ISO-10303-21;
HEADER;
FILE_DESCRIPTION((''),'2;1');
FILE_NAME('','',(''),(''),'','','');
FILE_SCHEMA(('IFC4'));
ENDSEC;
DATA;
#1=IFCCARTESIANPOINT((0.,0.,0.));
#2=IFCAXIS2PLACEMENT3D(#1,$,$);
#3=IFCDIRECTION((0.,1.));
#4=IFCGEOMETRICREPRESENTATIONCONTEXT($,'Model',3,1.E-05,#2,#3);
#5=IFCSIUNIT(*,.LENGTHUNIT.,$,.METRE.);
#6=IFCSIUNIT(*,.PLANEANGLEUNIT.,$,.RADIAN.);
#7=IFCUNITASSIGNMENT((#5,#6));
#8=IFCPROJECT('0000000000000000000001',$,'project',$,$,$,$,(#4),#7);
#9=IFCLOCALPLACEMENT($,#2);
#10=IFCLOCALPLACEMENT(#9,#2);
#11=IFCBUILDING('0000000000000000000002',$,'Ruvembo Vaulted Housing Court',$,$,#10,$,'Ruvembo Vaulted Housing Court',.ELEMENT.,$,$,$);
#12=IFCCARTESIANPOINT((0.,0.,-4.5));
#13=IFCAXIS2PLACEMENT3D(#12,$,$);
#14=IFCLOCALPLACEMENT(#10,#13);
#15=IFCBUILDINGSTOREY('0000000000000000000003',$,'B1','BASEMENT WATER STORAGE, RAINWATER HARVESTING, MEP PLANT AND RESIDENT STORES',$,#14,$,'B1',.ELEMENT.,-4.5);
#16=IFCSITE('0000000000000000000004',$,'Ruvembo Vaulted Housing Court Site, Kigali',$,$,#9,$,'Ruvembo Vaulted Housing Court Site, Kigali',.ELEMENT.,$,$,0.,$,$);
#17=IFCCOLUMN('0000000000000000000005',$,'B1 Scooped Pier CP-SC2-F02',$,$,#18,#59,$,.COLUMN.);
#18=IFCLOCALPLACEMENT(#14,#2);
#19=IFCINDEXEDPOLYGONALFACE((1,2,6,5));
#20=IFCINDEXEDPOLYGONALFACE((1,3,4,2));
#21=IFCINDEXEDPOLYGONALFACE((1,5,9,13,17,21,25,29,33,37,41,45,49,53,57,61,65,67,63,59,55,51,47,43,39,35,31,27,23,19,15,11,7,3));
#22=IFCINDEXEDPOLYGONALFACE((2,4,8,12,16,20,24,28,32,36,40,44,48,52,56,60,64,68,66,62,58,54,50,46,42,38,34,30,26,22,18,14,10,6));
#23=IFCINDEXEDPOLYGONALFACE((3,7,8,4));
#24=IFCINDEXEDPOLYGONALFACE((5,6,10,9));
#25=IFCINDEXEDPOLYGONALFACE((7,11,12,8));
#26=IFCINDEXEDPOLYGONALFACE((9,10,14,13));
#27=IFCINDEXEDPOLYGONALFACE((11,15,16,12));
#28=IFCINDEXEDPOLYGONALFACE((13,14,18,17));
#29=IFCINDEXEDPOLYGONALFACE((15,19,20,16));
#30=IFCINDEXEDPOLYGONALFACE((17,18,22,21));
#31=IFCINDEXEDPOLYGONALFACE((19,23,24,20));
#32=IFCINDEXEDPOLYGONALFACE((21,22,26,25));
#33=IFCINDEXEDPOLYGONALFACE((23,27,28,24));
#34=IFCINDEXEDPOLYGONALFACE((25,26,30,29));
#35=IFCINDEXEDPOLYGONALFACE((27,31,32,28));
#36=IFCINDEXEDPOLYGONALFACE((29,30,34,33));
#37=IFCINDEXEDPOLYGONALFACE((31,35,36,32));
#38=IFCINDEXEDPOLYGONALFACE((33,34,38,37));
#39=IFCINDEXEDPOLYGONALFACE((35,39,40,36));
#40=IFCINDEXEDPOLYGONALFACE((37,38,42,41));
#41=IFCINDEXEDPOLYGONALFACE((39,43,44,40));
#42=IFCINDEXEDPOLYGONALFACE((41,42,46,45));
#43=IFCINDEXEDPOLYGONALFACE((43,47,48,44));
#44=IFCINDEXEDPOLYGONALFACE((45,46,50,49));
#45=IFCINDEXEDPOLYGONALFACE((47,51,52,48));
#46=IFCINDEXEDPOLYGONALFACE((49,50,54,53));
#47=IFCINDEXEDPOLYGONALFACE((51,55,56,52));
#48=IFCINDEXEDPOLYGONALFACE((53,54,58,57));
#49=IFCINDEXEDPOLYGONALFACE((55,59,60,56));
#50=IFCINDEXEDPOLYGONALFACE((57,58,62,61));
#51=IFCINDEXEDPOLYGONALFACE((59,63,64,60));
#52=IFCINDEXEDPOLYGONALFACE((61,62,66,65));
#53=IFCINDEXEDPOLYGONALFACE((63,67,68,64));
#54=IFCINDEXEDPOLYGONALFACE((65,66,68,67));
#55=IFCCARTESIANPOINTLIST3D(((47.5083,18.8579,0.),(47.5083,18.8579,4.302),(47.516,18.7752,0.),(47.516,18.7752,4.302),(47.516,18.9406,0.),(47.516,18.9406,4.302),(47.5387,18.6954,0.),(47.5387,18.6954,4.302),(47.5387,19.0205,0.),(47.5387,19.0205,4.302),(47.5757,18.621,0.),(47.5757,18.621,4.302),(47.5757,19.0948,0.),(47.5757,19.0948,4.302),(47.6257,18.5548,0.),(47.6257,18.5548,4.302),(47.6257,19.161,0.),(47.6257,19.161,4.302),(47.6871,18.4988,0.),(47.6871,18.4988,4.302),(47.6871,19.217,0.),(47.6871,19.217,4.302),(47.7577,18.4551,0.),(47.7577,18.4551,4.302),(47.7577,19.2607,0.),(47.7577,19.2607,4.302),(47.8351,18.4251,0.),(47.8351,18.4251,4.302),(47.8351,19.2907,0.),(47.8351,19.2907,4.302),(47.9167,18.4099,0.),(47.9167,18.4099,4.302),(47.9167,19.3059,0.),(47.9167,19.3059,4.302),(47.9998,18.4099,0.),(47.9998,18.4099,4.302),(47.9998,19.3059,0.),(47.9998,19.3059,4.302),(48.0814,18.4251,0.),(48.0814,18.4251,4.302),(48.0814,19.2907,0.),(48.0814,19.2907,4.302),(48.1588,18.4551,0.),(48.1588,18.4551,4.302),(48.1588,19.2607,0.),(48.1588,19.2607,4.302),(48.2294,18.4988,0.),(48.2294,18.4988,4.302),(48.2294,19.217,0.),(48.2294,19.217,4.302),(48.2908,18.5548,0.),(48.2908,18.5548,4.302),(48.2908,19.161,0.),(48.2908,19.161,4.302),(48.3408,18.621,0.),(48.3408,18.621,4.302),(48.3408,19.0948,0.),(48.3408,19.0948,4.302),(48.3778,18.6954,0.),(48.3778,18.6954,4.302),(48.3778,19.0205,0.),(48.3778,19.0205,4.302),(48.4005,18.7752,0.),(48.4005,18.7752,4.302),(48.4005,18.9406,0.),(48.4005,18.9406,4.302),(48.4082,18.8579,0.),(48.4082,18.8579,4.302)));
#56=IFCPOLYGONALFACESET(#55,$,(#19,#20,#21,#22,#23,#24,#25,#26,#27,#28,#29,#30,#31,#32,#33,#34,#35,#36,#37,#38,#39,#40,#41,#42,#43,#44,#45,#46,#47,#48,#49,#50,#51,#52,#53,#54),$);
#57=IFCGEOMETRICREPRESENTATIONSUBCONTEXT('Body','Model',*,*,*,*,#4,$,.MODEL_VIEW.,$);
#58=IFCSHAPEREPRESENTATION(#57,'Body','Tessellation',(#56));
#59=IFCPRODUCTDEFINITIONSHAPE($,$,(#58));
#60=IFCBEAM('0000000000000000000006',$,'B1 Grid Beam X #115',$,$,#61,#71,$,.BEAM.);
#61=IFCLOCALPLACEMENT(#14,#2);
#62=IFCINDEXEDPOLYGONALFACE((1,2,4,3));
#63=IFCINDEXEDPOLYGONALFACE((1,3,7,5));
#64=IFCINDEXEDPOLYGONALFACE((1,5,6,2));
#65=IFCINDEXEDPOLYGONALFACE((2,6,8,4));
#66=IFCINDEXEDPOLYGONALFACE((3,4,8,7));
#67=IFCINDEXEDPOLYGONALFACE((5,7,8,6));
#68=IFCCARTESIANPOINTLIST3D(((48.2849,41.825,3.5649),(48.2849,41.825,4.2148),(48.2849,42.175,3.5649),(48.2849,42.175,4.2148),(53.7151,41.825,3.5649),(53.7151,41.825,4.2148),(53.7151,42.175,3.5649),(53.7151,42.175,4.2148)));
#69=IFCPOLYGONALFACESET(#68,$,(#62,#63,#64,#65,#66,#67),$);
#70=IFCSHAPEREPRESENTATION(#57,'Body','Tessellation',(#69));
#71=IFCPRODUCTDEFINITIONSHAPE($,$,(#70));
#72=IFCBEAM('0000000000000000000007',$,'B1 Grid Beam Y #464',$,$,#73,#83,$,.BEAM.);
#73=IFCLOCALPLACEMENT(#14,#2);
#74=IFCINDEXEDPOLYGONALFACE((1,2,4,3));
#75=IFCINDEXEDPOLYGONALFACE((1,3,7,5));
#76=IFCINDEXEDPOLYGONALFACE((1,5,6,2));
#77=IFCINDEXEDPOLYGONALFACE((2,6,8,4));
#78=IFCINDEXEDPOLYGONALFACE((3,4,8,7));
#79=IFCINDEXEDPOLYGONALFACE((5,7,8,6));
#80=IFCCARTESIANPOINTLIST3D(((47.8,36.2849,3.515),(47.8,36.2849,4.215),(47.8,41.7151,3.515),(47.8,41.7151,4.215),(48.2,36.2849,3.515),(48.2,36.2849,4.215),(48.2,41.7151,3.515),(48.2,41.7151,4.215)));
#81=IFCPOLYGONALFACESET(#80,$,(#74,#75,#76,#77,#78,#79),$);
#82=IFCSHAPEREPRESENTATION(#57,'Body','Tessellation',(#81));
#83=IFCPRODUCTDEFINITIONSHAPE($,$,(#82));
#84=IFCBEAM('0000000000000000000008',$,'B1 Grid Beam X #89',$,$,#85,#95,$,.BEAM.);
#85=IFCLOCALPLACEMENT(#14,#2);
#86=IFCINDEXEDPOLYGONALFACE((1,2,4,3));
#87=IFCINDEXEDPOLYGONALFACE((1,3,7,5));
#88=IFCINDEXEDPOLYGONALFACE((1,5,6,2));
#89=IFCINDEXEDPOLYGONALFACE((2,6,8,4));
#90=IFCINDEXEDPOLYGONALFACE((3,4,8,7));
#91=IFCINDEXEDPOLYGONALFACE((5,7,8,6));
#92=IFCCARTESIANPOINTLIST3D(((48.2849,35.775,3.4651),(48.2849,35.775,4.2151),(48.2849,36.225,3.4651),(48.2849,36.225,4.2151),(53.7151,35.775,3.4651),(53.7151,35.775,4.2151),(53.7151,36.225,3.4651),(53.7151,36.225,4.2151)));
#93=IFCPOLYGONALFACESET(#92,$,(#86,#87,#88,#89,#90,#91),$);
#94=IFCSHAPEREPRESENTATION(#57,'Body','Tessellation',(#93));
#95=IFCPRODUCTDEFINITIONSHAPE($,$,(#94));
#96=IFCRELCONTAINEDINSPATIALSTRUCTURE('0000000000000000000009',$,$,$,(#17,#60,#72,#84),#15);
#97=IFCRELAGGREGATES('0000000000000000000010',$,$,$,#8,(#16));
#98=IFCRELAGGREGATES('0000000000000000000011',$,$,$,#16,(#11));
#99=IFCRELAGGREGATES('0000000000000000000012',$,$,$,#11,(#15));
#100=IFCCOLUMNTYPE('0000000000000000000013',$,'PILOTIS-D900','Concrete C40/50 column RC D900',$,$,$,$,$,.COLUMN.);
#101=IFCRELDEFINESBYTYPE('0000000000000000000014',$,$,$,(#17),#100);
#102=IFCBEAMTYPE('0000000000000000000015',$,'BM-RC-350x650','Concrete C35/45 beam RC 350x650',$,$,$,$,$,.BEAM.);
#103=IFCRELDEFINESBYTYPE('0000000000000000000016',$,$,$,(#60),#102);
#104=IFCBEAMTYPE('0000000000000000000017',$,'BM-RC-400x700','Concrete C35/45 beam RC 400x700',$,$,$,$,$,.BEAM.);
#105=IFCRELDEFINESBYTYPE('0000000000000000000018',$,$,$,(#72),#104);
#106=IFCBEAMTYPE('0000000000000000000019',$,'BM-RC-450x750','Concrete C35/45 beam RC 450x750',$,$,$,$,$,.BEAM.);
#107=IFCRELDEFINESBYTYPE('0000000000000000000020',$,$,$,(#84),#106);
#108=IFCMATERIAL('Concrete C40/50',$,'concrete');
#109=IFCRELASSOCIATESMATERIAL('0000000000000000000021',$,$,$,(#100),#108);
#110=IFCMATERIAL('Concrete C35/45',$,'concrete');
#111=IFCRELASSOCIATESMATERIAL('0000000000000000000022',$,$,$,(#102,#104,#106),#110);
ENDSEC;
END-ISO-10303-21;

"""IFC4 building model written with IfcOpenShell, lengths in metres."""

from ifc_helpers import new_model, si_unit, direction, frame, origin, origin_2d, place, context, subcontext, project, spatial, rectangle, circle, extrude, material, material_profile, profile_set, type_object, element, save


model = new_model("IFC4")

# Units and contexts
model_context = context("Model", 3, precision=1e-05, world=origin(), true_north=direction((0.0, 1.0)))
body_context = subcontext(model_context, "Body", "Model", "MODEL_VIEW")
ifc_project = project(units=[si_unit("LENGTHUNIT", "METRE"), si_unit("PLANEANGLEUNIT", "RADIAN")], contexts=[model_context])

# Site, building, storey
site_placement = place(None, origin())
site = spatial("IfcSite", under=ifc_project, at=site_placement, Name="Ruvembo Vaulted Housing Court Site, Kigali", LongName="Ruvembo Vaulted Housing Court Site, Kigali", CompositionType="ELEMENT", RefElevation=0.0)
building_placement = place(site_placement, origin())
building = spatial("IfcBuilding", under=site, at=building_placement, Name="Ruvembo Vaulted Housing Court", LongName="Ruvembo Vaulted Housing Court", CompositionType="ELEMENT")
storey_placement = place(building_placement, frame((0.0, 0.0, -4.5)))
storey = spatial("IfcBuildingStorey", under=building, at=storey_placement, Name="B1", Description="BASEMENT WATER STORAGE, RAINWATER HARVESTING, MEP PLANT AND RESIDENT STORES", LongName="B1", CompositionType="ELEMENT", Elevation=-4.5)

# Shared definitions
ifc_material_1 = material(Name="Concrete C35/45", Category="concrete")

# Column
ifc_material_2 = material(Name="Concrete C40/50", Category="concrete")
ifc_material_profile_1 = material_profile(ifc_material_2, circle(Radius=0.45, at=origin_2d()), Name="RC D900")
ifc_profile_set_1 = profile_set([ifc_material_profile_1], Name="Concrete C40/50")
column_type_1 = type_object("IfcColumnType", Name="PILOTIS-D900", Description="Concrete C40/50 column RC D900", PredefinedType="COLUMN", material=ifc_profile_set_1)
column_placement = place(storey_placement, frame((47.9583, 18.8579, 0.0), z_axis=(0.0, 0.0, 1.0), x_axis=(1.0, 0.0, 0.0)))
element("IfcColumn", 1, at=column_placement, inside=storey, type_object=column_type_1, Name="B1 Scooped Pier CP-SC2-F02", PredefinedType="COLUMN", context=body_context, shape_type="SweptSolid", body=[
    extrude(circle(Radius=0.45, at=origin_2d()), origin(), (0.0, 0.0, 1.0), 4.302),
])

# Beams
ifc_material_profile_2 = material_profile(ifc_material_1, rectangle(XDim=0.3501, YDim=0.6499, at=origin_2d()), Name="RC 350x650")
ifc_profile_set_2 = profile_set([ifc_material_profile_2], Name="Concrete C35/45")
beam_type_1 = type_object("IfcBeamType", Name="BM-RC-350x650", Description="Concrete C35/45 beam RC 350x650", PredefinedType="BEAM", material=ifc_profile_set_2)
beam_1_placement = place(storey_placement, frame((48.2849, 42.0, 3.8899), z_axis=(1.0, 0.0, 0.0), x_axis=(0.0, 1.0, 0.0)))
element("IfcBeam", 2, at=beam_1_placement, inside=storey, type_object=beam_type_1, Name="B1 Grid Beam X #115", PredefinedType="BEAM", context=body_context, shape_type="SweptSolid", body=[
    extrude(rectangle(XDim=0.3501, YDim=0.6499, at=origin_2d()), origin(), (0.0, 0.0, 1.0), 5.4302),
])
ifc_material_profile_3 = material_profile(ifc_material_1, rectangle(XDim=0.3999, YDim=0.7, at=origin_2d()), Name="RC 400x700")
ifc_profile_set_3 = profile_set([ifc_material_profile_3], Name="Concrete C35/45")
beam_type_2 = type_object("IfcBeamType", Name="BM-RC-400x700", Description="Concrete C35/45 beam RC 400x700", PredefinedType="BEAM", material=ifc_profile_set_3)
beam_2_placement = place(storey_placement, frame((48.0, 36.2849, 3.865), z_axis=(0.0, 1.0, 0.0), x_axis=(-1.0, 0.0, 0.0)))
element("IfcBeam", 3, at=beam_2_placement, inside=storey, type_object=beam_type_2, Name="B1 Grid Beam Y #464", PredefinedType="BEAM", context=body_context, shape_type="SweptSolid", body=[
    extrude(rectangle(XDim=0.3999, YDim=0.7, at=origin_2d()), origin(), (0.0, 0.0, 1.0), 5.4302),
])
ifc_material_profile_4 = material_profile(ifc_material_1, rectangle(XDim=0.45, YDim=0.75, at=origin_2d()), Name="RC 450x750")
ifc_profile_set_4 = profile_set([ifc_material_profile_4], Name="Concrete C35/45")
beam_type_3 = type_object("IfcBeamType", Name="BM-RC-450x750", Description="Concrete C35/45 beam RC 450x750", PredefinedType="BEAM", material=ifc_profile_set_4)
beam_3_placement = place(storey_placement, frame((48.2849, 36.0, 3.8401), z_axis=(1.0, 0.0, 0.0), x_axis=(0.0, 1.0, 0.0)))
element("IfcBeam", 4, at=beam_3_placement, inside=storey, type_object=beam_type_3, Name="B1 Grid Beam X #89", PredefinedType="BEAM", context=body_context, shape_type="SweptSolid", body=[
    extrude(rectangle(XDim=0.45, YDim=0.75, at=origin_2d()), origin(), (0.0, 0.0, 1.0), 5.4302),
])

save(model, "model.ifc")
